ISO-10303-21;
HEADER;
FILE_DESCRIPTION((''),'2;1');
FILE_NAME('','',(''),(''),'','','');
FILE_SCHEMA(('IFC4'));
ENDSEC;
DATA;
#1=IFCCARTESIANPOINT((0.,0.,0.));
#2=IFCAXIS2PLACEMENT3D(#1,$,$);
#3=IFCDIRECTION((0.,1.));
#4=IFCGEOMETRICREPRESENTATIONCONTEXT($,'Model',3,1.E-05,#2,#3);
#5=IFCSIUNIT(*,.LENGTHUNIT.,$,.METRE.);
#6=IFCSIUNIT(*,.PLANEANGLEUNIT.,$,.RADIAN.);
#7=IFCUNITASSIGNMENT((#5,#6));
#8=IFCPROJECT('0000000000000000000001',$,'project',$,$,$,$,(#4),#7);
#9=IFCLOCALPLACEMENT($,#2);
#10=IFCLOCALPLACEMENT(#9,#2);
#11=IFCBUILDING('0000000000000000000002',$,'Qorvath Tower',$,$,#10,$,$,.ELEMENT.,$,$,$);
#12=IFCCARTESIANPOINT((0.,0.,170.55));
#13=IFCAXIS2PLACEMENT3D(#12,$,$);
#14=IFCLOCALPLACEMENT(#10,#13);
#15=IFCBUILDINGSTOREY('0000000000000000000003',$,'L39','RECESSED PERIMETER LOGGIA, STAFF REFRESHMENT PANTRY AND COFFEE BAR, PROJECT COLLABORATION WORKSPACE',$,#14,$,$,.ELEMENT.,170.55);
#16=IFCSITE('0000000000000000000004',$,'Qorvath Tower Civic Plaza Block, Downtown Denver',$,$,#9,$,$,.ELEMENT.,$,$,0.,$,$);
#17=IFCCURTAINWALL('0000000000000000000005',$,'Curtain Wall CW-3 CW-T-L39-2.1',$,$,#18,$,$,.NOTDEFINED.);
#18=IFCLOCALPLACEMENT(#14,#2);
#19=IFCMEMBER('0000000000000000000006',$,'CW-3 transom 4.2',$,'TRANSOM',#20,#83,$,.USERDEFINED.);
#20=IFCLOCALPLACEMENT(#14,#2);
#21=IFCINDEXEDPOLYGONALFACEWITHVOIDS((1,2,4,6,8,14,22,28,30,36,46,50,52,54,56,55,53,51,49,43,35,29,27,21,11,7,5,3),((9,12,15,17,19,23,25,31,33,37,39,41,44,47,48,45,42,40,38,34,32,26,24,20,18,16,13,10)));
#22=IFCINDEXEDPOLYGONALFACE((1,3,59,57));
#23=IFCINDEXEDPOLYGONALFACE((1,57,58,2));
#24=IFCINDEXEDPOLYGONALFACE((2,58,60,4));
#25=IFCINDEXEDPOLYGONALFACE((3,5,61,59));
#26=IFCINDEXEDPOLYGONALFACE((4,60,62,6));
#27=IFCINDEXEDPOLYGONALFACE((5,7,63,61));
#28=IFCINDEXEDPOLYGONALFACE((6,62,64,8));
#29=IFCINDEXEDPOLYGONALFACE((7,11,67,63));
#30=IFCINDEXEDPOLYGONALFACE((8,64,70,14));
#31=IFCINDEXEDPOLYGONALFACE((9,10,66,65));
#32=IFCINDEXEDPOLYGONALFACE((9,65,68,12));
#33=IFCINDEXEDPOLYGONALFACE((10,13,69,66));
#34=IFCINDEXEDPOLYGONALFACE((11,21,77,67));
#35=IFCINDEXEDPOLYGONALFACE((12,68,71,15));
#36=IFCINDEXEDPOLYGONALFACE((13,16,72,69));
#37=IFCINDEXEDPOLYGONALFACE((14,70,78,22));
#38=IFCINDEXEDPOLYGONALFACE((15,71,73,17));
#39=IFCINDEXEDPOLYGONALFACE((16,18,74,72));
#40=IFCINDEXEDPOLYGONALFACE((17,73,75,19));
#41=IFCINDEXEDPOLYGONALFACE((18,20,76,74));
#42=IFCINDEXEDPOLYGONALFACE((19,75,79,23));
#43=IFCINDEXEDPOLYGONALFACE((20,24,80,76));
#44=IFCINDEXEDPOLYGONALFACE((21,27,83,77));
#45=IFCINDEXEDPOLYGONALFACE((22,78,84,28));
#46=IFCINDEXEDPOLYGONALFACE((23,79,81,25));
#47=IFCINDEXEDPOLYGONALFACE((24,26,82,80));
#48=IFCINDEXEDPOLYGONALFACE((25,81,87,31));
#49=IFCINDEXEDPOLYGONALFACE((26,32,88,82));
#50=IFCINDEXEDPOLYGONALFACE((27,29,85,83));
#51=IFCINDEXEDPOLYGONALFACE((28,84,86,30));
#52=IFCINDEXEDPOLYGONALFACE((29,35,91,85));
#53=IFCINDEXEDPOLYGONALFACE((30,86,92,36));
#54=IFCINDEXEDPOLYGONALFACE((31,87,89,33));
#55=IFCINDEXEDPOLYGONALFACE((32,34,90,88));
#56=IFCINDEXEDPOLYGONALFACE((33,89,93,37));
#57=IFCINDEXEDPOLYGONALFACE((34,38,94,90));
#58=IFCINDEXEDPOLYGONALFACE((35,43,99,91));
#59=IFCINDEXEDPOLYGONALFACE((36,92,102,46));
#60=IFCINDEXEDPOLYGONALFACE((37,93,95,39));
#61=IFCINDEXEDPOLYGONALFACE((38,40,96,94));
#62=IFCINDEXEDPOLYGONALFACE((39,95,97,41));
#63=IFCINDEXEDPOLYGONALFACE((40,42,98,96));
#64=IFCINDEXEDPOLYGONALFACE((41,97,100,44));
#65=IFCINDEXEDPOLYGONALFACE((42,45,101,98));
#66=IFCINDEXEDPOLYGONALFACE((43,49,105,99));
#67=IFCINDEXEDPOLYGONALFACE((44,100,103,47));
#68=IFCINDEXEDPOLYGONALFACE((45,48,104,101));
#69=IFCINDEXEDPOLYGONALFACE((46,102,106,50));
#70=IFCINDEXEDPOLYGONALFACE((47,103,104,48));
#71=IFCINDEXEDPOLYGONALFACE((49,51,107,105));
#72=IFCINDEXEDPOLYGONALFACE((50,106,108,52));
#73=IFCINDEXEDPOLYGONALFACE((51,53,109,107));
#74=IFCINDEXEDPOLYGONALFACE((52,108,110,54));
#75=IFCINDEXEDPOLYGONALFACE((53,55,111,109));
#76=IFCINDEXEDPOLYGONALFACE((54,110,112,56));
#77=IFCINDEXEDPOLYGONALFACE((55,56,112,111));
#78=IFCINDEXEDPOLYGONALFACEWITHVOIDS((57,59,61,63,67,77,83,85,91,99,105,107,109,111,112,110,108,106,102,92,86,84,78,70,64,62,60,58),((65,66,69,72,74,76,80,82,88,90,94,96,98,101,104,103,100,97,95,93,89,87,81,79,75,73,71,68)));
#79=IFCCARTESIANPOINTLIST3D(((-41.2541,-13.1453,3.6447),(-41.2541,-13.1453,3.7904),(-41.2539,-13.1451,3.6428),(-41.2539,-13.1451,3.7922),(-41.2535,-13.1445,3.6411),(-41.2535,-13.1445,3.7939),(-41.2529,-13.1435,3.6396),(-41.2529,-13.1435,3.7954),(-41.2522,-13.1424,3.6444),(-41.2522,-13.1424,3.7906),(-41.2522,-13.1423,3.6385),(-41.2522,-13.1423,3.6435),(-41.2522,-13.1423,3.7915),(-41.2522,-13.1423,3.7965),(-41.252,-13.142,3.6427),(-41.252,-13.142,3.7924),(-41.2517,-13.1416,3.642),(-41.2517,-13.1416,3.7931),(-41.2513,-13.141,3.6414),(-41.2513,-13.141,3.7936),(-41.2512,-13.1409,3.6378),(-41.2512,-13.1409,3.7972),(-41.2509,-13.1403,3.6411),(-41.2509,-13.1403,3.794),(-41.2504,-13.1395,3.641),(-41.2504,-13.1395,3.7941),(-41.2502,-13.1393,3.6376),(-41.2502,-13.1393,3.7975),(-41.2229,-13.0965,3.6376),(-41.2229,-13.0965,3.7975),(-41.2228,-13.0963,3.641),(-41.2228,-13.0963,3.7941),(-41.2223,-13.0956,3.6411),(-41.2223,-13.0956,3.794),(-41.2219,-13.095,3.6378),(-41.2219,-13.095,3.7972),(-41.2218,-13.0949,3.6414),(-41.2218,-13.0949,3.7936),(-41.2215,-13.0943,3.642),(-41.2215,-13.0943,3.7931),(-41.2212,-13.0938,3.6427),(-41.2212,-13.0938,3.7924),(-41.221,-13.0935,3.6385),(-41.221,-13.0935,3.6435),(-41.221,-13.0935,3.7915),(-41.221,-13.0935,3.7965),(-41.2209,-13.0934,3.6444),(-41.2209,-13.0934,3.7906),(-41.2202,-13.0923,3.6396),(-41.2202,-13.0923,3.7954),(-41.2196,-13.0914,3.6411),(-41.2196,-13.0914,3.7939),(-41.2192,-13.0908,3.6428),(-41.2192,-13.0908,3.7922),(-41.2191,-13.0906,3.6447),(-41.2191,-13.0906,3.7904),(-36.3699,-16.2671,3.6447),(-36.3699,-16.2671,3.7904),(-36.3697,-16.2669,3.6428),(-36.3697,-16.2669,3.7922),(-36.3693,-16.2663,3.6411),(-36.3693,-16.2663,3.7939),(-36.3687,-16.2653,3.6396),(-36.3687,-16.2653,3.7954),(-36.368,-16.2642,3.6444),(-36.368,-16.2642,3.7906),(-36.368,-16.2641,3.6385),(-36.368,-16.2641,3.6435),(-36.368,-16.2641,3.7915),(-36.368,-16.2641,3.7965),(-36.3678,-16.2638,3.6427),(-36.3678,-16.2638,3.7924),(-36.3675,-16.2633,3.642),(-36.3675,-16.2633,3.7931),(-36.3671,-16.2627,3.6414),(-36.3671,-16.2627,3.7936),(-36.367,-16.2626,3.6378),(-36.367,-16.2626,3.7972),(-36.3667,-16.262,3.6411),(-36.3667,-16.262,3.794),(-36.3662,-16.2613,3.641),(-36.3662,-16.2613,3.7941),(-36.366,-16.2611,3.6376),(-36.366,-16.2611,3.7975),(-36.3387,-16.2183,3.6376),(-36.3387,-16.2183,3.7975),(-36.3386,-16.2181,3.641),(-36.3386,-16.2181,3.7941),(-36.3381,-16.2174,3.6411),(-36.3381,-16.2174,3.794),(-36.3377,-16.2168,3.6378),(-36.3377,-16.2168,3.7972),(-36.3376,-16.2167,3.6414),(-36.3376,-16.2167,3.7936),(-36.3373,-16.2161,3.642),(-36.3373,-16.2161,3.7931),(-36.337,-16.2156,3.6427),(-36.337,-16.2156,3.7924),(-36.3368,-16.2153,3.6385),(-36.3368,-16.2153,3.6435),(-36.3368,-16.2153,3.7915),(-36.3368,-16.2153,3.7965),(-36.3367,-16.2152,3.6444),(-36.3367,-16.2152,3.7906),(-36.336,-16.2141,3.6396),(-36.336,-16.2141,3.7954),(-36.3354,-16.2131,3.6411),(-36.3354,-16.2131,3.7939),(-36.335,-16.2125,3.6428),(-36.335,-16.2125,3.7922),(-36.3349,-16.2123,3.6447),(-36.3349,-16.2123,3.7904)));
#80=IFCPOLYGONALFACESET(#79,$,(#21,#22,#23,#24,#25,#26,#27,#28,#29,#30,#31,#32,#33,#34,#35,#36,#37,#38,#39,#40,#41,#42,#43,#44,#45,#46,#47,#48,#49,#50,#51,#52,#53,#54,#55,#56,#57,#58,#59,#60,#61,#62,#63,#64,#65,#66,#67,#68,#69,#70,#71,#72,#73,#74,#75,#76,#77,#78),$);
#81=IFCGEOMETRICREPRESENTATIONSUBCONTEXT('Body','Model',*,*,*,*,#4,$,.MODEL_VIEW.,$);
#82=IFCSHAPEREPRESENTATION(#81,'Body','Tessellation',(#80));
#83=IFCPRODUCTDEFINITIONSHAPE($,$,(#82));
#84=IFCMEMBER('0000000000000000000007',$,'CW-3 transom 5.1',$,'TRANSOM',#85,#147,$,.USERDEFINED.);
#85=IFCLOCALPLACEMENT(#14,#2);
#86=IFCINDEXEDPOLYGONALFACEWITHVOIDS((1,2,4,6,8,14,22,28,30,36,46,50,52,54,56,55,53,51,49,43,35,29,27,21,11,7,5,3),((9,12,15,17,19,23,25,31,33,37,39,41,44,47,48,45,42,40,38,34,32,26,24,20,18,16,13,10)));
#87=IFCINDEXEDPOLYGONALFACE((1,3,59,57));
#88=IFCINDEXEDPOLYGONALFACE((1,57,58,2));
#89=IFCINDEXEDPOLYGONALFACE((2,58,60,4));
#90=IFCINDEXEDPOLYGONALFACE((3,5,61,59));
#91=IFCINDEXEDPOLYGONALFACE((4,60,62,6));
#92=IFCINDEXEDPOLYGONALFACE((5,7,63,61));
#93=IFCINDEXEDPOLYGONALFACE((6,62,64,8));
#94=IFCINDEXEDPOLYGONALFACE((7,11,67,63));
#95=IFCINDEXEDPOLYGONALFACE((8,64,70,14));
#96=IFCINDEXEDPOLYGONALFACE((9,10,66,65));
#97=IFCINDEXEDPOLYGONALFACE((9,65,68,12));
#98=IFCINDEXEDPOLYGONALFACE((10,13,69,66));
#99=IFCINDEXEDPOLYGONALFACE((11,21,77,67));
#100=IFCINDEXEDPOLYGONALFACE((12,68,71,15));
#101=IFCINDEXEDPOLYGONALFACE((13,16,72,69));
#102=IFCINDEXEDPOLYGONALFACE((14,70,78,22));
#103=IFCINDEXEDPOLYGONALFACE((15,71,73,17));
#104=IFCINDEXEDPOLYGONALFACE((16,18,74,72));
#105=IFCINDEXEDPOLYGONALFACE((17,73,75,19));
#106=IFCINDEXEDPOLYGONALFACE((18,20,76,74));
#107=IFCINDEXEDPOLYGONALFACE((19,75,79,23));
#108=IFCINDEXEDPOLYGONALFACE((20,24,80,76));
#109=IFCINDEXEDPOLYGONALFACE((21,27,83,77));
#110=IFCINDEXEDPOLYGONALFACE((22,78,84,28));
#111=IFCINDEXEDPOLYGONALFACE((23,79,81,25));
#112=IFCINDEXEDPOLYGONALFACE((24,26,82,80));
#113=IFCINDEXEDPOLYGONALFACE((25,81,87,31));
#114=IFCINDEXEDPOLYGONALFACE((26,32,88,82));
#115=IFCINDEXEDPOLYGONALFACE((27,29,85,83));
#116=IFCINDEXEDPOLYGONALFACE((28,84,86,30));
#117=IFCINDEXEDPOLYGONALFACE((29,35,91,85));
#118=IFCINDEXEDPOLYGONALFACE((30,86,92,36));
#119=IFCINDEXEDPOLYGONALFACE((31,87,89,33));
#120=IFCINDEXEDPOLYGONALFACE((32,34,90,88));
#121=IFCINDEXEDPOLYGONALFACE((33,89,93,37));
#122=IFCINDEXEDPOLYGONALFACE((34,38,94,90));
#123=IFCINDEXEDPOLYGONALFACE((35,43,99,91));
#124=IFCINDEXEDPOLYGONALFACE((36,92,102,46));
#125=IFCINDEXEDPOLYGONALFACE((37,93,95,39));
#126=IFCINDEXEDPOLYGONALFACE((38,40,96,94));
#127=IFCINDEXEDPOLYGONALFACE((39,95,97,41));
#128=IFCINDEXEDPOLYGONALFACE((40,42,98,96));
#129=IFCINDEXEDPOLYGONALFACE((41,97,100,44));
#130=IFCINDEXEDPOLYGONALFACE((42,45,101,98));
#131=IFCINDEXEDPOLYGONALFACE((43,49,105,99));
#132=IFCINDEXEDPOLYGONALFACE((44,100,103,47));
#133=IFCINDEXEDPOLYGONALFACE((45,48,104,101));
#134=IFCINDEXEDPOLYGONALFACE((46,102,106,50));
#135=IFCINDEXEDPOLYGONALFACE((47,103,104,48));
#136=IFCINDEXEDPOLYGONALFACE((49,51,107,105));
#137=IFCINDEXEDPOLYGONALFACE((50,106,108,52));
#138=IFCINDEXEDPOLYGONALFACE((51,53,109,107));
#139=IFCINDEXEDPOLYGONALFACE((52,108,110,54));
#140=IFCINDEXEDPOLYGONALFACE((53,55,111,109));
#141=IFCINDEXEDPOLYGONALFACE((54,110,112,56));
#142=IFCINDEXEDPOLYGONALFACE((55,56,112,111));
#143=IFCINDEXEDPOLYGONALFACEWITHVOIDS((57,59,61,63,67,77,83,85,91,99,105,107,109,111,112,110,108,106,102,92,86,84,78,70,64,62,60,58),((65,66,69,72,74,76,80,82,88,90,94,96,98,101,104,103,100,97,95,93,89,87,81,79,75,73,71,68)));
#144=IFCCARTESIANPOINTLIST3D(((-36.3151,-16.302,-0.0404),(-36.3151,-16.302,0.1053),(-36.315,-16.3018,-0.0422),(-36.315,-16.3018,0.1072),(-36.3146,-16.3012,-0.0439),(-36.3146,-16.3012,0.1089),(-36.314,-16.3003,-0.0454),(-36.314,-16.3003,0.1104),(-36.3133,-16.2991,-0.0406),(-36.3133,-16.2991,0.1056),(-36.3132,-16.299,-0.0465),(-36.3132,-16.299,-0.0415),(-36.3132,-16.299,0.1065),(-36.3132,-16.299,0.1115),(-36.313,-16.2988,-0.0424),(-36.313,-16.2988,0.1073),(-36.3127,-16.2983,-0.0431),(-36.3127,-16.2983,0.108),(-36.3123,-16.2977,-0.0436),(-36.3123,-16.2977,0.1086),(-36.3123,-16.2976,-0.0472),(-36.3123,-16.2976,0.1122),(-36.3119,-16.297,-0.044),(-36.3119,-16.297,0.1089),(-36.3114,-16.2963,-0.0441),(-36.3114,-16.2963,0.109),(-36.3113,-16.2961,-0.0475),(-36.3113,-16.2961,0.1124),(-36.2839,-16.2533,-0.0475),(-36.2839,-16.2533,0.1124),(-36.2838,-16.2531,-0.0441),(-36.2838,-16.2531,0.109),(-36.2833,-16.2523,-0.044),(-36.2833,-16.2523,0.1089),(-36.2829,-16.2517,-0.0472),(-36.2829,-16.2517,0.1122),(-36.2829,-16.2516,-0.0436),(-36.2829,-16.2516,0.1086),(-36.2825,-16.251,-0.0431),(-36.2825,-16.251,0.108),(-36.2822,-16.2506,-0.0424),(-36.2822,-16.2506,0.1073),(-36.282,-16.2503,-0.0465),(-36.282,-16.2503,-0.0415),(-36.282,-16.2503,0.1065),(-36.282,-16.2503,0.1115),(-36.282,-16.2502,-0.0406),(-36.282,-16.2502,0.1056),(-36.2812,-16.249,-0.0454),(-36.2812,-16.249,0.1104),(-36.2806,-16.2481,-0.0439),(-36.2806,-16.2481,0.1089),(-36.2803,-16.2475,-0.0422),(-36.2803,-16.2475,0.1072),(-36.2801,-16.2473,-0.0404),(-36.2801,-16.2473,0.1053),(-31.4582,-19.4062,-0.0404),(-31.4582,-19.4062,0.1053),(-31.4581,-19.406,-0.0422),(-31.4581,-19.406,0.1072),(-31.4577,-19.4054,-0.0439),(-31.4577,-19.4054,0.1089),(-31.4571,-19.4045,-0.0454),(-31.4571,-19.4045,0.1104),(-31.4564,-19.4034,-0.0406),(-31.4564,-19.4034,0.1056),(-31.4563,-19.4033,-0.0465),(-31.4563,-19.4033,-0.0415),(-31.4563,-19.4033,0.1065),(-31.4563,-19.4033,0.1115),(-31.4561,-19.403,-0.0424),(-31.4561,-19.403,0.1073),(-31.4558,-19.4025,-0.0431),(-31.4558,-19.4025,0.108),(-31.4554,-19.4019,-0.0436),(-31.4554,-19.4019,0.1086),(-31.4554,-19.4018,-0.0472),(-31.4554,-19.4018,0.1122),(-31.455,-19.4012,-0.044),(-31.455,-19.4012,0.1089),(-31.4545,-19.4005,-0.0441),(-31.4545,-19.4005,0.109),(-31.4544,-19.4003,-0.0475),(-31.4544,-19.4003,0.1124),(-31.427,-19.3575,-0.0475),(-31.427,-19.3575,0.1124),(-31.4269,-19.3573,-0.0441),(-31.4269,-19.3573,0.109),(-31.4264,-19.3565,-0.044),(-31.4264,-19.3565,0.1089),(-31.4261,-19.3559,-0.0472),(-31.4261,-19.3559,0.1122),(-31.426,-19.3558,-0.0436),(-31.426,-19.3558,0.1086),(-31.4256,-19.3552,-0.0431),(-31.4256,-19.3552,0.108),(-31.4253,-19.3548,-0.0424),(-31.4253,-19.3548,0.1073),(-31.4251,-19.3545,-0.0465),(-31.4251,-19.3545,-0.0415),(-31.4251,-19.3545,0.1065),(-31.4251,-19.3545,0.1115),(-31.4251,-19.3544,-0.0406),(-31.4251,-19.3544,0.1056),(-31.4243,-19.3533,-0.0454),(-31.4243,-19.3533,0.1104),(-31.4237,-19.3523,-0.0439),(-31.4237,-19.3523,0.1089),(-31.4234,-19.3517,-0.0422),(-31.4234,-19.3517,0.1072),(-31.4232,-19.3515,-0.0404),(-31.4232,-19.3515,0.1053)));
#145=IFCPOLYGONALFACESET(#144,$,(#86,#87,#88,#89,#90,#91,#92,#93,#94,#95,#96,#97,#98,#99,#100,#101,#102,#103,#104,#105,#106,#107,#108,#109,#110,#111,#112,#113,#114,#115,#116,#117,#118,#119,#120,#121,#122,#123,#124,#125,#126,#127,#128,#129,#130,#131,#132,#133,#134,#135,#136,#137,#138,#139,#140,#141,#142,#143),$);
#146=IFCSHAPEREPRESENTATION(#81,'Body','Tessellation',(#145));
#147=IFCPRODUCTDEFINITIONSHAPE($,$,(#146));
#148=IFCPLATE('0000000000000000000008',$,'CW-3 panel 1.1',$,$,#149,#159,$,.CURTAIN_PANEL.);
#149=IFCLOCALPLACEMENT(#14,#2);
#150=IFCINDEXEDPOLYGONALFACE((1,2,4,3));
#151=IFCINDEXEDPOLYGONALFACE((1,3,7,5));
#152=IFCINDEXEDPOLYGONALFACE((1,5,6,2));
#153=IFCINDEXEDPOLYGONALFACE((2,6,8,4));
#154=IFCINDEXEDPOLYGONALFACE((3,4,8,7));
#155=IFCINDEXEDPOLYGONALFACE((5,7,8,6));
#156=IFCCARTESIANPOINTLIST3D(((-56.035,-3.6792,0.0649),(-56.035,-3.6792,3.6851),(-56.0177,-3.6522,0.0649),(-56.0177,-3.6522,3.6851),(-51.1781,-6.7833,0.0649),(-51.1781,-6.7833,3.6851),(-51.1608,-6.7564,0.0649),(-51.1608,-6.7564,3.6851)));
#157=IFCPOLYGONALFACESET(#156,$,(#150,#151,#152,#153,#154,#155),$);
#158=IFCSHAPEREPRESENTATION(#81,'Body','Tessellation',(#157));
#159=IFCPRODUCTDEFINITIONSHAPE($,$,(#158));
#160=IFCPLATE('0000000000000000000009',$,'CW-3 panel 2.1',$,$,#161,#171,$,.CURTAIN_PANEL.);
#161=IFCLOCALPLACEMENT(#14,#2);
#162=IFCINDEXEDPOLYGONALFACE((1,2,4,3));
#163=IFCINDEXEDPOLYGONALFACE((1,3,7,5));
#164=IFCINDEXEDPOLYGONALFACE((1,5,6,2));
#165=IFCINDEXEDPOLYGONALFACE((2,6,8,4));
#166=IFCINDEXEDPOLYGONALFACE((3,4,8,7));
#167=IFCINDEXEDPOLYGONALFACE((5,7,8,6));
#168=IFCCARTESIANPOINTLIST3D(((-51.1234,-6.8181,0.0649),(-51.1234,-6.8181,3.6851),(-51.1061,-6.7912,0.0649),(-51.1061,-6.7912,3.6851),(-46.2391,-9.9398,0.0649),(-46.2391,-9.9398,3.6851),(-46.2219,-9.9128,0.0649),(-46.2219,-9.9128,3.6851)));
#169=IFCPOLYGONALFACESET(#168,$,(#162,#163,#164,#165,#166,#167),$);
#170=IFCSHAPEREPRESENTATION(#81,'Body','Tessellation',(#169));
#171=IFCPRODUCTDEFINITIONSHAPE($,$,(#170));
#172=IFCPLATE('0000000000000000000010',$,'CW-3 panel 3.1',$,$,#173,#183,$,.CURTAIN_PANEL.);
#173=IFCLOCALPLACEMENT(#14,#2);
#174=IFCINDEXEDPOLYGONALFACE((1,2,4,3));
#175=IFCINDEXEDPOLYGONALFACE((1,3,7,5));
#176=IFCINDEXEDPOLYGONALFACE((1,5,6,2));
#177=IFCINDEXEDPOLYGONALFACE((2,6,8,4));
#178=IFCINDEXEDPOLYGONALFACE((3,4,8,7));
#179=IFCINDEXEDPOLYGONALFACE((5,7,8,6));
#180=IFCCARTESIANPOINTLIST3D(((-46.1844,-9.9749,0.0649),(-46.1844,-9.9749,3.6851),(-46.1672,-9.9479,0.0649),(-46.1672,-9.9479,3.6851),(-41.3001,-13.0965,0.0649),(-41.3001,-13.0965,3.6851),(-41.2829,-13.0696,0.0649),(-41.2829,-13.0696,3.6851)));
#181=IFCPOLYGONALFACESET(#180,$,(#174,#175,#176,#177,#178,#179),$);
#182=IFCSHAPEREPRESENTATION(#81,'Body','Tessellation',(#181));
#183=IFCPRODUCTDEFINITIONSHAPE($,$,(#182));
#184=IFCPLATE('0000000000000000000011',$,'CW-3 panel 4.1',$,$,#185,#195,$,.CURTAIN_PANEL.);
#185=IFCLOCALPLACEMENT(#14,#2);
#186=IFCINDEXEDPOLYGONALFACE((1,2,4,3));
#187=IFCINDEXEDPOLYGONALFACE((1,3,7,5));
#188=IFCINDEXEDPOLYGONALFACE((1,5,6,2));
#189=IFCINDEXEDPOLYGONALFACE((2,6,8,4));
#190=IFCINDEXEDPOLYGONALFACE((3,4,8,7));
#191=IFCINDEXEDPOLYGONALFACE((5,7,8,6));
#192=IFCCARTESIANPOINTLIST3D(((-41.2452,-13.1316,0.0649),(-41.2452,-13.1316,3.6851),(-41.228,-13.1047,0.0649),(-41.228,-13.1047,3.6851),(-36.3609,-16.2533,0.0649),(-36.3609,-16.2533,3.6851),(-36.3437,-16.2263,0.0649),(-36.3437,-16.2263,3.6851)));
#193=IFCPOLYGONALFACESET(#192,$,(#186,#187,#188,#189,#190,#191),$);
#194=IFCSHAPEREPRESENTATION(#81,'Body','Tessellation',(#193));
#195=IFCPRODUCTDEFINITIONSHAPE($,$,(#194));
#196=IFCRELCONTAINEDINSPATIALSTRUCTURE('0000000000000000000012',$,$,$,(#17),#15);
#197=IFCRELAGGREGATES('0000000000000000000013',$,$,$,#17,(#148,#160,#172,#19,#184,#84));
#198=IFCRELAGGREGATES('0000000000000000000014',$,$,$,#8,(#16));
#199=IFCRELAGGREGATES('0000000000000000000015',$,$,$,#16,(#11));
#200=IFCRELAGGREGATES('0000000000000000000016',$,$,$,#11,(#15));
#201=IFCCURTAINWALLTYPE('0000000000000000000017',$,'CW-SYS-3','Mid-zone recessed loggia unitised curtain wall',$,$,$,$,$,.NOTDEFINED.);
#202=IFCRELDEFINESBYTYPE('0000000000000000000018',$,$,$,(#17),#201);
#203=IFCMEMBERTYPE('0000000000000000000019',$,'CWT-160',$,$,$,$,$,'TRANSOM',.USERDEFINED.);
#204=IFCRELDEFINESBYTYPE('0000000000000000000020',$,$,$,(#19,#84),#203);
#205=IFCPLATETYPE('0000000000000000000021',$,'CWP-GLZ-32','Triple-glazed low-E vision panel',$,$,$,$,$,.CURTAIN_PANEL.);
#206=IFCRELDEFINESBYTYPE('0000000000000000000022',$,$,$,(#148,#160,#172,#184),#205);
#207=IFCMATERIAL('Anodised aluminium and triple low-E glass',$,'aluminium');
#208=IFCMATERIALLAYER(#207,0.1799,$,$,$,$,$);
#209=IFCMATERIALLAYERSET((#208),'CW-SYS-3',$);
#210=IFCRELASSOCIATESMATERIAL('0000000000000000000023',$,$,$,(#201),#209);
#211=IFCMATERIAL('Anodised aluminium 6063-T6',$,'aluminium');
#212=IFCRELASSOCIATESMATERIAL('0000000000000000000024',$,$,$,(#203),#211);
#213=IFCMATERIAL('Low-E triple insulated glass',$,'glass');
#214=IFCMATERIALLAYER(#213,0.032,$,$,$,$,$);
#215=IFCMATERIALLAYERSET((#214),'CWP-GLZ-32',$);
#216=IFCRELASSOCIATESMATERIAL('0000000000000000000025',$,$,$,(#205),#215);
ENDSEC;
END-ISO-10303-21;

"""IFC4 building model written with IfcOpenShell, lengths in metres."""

from ifc_helpers import new_model, si_unit, direction, frame, origin, origin_2d, place, context, subcontext, project, spatial, rectangle, hollow_rectangle, extrude, material, layer, layer_set, material_profile, profile_set, type_object, element, aggregate, save


model = new_model("IFC4")

# Units and contexts
model_context = context("Model", 3, precision=1e-05, world=origin(), true_north=direction((0.0, 1.0)))
body_context = subcontext(model_context, "Body", "Model", "MODEL_VIEW")
ifc_project = project(units=[si_unit("LENGTHUNIT", "METRE"), si_unit("PLANEANGLEUNIT", "RADIAN")], contexts=[model_context])

# Site, building, storey
site_placement = place(None, origin())
site = spatial("IfcSite", under=ifc_project, at=site_placement, Name="Qorvath Tower Civic Plaza Block, Downtown Denver", CompositionType="ELEMENT", RefElevation=0.0)
building_placement = place(site_placement, origin())
building = spatial("IfcBuilding", under=site, at=building_placement, Name="Qorvath Tower", CompositionType="ELEMENT")
storey_placement = place(building_placement, frame((0.0, 0.0, 170.55)))
storey = spatial("IfcBuildingStorey", under=building, at=storey_placement, Name="L39", Description="RECESSED PERIMETER LOGGIA, STAFF REFRESHMENT PANTRY AND COFFEE BAR, PROJECT COLLABORATION WORKSPACE", CompositionType="ELEMENT", Elevation=170.55)

# Curtain wall, members, plates
ifc_material_1 = material(Name="Anodised aluminium and triple low-E glass", Category="aluminium")
ifc_layer_1 = layer(ifc_material_1, 0.1799)
ifc_layer_set_1 = layer_set([ifc_layer_1], Name="CW-SYS-3")
curtain_wall_type = type_object("IfcCurtainWallType", Name="CW-SYS-3", Description="Mid-zone recessed loggia unitised curtain wall", PredefinedType="NOTDEFINED", material=ifc_layer_set_1)
curtain_wall_placement = place(storey_placement, origin())
curtain_wall = element("IfcCurtainWall", 1, at=curtain_wall_placement, inside=storey, type_object=curtain_wall_type, Name="Curtain Wall CW-3 CW-T-L39-2.1", PredefinedType="NOTDEFINED")
ifc_material_2 = material(Name="Anodised aluminium 6063-T6", Category="aluminium")
ifc_material_profile_1 = material_profile(ifc_material_2, hollow_rectangle(XDim=0.0649, YDim=0.1599, WallThickness=0.0034, InnerFilletRadius=0.0034, OuterFilletRadius=0.0071, at=origin_2d()), Name="CWT 160x65")
ifc_profile_set_1 = profile_set([ifc_material_profile_1], Name="Anodised aluminium 6063-T6")
member_type_1 = type_object("IfcMemberType", Name="CWT-160", ElementType="TRANSOM", PredefinedType="USERDEFINED", material=ifc_profile_set_1)
member_1_placement = place(storey_placement, frame((-41.2366, -13.1179, 3.7175), z_axis=(0.842593, -0.53855, 0.0), x_axis=(0.53855, 0.842593, 0.0)))
member_1 = element("IfcMember", 2, at=member_1_placement, type_object=member_type_1, Name="CW-3 transom 4.2", ObjectType="TRANSOM", PredefinedType="USERDEFINED", context=body_context, shape_type="SweptSolid", body=[
    extrude(hollow_rectangle(XDim=0.0649, YDim=0.1599, WallThickness=0.0034, InnerFilletRadius=0.0034, OuterFilletRadius=0.0071, at=origin_2d()), origin(), (0.0, 0.0, 1.0), 5.7966),
])
member_2_placement = place(storey_placement, frame((-36.2976, -16.2747, 0.0325), z_axis=(0.842601, -0.538538, 0.0), x_axis=(0.538538, 0.842601, 0.0)))
member_2 = element("IfcMember", 3, at=member_2_placement, type_object=member_type_1, Name="CW-3 transom 5.1", ObjectType="TRANSOM", PredefinedType="USERDEFINED", context=body_context, shape_type="SweptSolid", body=[
    extrude(hollow_rectangle(XDim=0.0649, YDim=0.1599, WallThickness=0.0034, InnerFilletRadius=0.0034, OuterFilletRadius=0.0071, at=origin_2d()), origin(), (0.0, 0.0, 1.0), 5.7642),
])
ifc_material_3 = material(Name="Low-E triple insulated glass", Category="glass")
ifc_layer_2 = layer(ifc_material_3, 0.032)
ifc_layer_set_2 = layer_set([ifc_layer_2], Name="CWP-GLZ-32")
plate_type = type_object("IfcPlateType", Name="CWP-GLZ-32", Description="Triple-glazed low-E vision panel", PredefinedType="CURTAIN_PANEL", material=ifc_layer_set_2)
plate_1_placement = place(storey_placement, frame((-53.5979, -5.2178, 0.0649), z_axis=(0.0, 0.0, 1.0), x_axis=(0.842607, -0.538529, 0.0)))
plate_1 = element("IfcPlate", 4, at=plate_1_placement, type_object=plate_type, Name="CW-3 panel 1.1", PredefinedType="CURTAIN_PANEL", context=body_context, shape_type="SweptSolid", body=[
    extrude(rectangle(XDim=5.7642, YDim=0.032, at=origin_2d()), origin(), (0.0, 0.0, 1.0), 3.6201),
])
plate_2_placement = place(storey_placement, frame((-48.6726, -8.3655, 0.0649), z_axis=(0.0, 0.0, 1.0), x_axis=(0.842607, -0.538529, 0.0)))
plate_2 = element("IfcPlate", 5, at=plate_2_placement, type_object=plate_type, Name="CW-3 panel 2.1", PredefinedType="CURTAIN_PANEL", context=body_context, shape_type="SweptSolid", body=[
    extrude(rectangle(XDim=5.7966, YDim=0.032, at=origin_2d()), origin(), (0.0, 0.0, 1.0), 3.6201),
])
plate_3_placement = place(storey_placement, frame((-43.7336, -11.5222, 0.0649), z_axis=(0.0, 0.0, 1.0), x_axis=(0.842607, -0.538529, 0.0)))
plate_3 = element("IfcPlate", 6, at=plate_3_placement, type_object=plate_type, Name="CW-3 panel 3.1", PredefinedType="CURTAIN_PANEL", context=body_context, shape_type="SweptSolid", body=[
    extrude(rectangle(XDim=5.7966, YDim=0.032, at=origin_2d()), origin(), (0.0, 0.0, 1.0), 3.6201),
])
plate_4_placement = place(storey_placement, frame((-38.7944, -14.679, 0.0649), z_axis=(0.0, 0.0, 1.0), x_axis=(0.842607, -0.538529, 0.0)))
plate_4 = element("IfcPlate", 7, at=plate_4_placement, type_object=plate_type, Name="CW-3 panel 4.1", PredefinedType="CURTAIN_PANEL", context=body_context, shape_type="SweptSolid", body=[
    extrude(rectangle(XDim=5.7966, YDim=0.032, at=origin_2d()), origin(), (0.0, 0.0, 1.0), 3.6201),
])
aggregate(curtain_wall, [plate_1, plate_2, plate_3, member_1, plate_4, member_2])

save(model, "model.ifc")
